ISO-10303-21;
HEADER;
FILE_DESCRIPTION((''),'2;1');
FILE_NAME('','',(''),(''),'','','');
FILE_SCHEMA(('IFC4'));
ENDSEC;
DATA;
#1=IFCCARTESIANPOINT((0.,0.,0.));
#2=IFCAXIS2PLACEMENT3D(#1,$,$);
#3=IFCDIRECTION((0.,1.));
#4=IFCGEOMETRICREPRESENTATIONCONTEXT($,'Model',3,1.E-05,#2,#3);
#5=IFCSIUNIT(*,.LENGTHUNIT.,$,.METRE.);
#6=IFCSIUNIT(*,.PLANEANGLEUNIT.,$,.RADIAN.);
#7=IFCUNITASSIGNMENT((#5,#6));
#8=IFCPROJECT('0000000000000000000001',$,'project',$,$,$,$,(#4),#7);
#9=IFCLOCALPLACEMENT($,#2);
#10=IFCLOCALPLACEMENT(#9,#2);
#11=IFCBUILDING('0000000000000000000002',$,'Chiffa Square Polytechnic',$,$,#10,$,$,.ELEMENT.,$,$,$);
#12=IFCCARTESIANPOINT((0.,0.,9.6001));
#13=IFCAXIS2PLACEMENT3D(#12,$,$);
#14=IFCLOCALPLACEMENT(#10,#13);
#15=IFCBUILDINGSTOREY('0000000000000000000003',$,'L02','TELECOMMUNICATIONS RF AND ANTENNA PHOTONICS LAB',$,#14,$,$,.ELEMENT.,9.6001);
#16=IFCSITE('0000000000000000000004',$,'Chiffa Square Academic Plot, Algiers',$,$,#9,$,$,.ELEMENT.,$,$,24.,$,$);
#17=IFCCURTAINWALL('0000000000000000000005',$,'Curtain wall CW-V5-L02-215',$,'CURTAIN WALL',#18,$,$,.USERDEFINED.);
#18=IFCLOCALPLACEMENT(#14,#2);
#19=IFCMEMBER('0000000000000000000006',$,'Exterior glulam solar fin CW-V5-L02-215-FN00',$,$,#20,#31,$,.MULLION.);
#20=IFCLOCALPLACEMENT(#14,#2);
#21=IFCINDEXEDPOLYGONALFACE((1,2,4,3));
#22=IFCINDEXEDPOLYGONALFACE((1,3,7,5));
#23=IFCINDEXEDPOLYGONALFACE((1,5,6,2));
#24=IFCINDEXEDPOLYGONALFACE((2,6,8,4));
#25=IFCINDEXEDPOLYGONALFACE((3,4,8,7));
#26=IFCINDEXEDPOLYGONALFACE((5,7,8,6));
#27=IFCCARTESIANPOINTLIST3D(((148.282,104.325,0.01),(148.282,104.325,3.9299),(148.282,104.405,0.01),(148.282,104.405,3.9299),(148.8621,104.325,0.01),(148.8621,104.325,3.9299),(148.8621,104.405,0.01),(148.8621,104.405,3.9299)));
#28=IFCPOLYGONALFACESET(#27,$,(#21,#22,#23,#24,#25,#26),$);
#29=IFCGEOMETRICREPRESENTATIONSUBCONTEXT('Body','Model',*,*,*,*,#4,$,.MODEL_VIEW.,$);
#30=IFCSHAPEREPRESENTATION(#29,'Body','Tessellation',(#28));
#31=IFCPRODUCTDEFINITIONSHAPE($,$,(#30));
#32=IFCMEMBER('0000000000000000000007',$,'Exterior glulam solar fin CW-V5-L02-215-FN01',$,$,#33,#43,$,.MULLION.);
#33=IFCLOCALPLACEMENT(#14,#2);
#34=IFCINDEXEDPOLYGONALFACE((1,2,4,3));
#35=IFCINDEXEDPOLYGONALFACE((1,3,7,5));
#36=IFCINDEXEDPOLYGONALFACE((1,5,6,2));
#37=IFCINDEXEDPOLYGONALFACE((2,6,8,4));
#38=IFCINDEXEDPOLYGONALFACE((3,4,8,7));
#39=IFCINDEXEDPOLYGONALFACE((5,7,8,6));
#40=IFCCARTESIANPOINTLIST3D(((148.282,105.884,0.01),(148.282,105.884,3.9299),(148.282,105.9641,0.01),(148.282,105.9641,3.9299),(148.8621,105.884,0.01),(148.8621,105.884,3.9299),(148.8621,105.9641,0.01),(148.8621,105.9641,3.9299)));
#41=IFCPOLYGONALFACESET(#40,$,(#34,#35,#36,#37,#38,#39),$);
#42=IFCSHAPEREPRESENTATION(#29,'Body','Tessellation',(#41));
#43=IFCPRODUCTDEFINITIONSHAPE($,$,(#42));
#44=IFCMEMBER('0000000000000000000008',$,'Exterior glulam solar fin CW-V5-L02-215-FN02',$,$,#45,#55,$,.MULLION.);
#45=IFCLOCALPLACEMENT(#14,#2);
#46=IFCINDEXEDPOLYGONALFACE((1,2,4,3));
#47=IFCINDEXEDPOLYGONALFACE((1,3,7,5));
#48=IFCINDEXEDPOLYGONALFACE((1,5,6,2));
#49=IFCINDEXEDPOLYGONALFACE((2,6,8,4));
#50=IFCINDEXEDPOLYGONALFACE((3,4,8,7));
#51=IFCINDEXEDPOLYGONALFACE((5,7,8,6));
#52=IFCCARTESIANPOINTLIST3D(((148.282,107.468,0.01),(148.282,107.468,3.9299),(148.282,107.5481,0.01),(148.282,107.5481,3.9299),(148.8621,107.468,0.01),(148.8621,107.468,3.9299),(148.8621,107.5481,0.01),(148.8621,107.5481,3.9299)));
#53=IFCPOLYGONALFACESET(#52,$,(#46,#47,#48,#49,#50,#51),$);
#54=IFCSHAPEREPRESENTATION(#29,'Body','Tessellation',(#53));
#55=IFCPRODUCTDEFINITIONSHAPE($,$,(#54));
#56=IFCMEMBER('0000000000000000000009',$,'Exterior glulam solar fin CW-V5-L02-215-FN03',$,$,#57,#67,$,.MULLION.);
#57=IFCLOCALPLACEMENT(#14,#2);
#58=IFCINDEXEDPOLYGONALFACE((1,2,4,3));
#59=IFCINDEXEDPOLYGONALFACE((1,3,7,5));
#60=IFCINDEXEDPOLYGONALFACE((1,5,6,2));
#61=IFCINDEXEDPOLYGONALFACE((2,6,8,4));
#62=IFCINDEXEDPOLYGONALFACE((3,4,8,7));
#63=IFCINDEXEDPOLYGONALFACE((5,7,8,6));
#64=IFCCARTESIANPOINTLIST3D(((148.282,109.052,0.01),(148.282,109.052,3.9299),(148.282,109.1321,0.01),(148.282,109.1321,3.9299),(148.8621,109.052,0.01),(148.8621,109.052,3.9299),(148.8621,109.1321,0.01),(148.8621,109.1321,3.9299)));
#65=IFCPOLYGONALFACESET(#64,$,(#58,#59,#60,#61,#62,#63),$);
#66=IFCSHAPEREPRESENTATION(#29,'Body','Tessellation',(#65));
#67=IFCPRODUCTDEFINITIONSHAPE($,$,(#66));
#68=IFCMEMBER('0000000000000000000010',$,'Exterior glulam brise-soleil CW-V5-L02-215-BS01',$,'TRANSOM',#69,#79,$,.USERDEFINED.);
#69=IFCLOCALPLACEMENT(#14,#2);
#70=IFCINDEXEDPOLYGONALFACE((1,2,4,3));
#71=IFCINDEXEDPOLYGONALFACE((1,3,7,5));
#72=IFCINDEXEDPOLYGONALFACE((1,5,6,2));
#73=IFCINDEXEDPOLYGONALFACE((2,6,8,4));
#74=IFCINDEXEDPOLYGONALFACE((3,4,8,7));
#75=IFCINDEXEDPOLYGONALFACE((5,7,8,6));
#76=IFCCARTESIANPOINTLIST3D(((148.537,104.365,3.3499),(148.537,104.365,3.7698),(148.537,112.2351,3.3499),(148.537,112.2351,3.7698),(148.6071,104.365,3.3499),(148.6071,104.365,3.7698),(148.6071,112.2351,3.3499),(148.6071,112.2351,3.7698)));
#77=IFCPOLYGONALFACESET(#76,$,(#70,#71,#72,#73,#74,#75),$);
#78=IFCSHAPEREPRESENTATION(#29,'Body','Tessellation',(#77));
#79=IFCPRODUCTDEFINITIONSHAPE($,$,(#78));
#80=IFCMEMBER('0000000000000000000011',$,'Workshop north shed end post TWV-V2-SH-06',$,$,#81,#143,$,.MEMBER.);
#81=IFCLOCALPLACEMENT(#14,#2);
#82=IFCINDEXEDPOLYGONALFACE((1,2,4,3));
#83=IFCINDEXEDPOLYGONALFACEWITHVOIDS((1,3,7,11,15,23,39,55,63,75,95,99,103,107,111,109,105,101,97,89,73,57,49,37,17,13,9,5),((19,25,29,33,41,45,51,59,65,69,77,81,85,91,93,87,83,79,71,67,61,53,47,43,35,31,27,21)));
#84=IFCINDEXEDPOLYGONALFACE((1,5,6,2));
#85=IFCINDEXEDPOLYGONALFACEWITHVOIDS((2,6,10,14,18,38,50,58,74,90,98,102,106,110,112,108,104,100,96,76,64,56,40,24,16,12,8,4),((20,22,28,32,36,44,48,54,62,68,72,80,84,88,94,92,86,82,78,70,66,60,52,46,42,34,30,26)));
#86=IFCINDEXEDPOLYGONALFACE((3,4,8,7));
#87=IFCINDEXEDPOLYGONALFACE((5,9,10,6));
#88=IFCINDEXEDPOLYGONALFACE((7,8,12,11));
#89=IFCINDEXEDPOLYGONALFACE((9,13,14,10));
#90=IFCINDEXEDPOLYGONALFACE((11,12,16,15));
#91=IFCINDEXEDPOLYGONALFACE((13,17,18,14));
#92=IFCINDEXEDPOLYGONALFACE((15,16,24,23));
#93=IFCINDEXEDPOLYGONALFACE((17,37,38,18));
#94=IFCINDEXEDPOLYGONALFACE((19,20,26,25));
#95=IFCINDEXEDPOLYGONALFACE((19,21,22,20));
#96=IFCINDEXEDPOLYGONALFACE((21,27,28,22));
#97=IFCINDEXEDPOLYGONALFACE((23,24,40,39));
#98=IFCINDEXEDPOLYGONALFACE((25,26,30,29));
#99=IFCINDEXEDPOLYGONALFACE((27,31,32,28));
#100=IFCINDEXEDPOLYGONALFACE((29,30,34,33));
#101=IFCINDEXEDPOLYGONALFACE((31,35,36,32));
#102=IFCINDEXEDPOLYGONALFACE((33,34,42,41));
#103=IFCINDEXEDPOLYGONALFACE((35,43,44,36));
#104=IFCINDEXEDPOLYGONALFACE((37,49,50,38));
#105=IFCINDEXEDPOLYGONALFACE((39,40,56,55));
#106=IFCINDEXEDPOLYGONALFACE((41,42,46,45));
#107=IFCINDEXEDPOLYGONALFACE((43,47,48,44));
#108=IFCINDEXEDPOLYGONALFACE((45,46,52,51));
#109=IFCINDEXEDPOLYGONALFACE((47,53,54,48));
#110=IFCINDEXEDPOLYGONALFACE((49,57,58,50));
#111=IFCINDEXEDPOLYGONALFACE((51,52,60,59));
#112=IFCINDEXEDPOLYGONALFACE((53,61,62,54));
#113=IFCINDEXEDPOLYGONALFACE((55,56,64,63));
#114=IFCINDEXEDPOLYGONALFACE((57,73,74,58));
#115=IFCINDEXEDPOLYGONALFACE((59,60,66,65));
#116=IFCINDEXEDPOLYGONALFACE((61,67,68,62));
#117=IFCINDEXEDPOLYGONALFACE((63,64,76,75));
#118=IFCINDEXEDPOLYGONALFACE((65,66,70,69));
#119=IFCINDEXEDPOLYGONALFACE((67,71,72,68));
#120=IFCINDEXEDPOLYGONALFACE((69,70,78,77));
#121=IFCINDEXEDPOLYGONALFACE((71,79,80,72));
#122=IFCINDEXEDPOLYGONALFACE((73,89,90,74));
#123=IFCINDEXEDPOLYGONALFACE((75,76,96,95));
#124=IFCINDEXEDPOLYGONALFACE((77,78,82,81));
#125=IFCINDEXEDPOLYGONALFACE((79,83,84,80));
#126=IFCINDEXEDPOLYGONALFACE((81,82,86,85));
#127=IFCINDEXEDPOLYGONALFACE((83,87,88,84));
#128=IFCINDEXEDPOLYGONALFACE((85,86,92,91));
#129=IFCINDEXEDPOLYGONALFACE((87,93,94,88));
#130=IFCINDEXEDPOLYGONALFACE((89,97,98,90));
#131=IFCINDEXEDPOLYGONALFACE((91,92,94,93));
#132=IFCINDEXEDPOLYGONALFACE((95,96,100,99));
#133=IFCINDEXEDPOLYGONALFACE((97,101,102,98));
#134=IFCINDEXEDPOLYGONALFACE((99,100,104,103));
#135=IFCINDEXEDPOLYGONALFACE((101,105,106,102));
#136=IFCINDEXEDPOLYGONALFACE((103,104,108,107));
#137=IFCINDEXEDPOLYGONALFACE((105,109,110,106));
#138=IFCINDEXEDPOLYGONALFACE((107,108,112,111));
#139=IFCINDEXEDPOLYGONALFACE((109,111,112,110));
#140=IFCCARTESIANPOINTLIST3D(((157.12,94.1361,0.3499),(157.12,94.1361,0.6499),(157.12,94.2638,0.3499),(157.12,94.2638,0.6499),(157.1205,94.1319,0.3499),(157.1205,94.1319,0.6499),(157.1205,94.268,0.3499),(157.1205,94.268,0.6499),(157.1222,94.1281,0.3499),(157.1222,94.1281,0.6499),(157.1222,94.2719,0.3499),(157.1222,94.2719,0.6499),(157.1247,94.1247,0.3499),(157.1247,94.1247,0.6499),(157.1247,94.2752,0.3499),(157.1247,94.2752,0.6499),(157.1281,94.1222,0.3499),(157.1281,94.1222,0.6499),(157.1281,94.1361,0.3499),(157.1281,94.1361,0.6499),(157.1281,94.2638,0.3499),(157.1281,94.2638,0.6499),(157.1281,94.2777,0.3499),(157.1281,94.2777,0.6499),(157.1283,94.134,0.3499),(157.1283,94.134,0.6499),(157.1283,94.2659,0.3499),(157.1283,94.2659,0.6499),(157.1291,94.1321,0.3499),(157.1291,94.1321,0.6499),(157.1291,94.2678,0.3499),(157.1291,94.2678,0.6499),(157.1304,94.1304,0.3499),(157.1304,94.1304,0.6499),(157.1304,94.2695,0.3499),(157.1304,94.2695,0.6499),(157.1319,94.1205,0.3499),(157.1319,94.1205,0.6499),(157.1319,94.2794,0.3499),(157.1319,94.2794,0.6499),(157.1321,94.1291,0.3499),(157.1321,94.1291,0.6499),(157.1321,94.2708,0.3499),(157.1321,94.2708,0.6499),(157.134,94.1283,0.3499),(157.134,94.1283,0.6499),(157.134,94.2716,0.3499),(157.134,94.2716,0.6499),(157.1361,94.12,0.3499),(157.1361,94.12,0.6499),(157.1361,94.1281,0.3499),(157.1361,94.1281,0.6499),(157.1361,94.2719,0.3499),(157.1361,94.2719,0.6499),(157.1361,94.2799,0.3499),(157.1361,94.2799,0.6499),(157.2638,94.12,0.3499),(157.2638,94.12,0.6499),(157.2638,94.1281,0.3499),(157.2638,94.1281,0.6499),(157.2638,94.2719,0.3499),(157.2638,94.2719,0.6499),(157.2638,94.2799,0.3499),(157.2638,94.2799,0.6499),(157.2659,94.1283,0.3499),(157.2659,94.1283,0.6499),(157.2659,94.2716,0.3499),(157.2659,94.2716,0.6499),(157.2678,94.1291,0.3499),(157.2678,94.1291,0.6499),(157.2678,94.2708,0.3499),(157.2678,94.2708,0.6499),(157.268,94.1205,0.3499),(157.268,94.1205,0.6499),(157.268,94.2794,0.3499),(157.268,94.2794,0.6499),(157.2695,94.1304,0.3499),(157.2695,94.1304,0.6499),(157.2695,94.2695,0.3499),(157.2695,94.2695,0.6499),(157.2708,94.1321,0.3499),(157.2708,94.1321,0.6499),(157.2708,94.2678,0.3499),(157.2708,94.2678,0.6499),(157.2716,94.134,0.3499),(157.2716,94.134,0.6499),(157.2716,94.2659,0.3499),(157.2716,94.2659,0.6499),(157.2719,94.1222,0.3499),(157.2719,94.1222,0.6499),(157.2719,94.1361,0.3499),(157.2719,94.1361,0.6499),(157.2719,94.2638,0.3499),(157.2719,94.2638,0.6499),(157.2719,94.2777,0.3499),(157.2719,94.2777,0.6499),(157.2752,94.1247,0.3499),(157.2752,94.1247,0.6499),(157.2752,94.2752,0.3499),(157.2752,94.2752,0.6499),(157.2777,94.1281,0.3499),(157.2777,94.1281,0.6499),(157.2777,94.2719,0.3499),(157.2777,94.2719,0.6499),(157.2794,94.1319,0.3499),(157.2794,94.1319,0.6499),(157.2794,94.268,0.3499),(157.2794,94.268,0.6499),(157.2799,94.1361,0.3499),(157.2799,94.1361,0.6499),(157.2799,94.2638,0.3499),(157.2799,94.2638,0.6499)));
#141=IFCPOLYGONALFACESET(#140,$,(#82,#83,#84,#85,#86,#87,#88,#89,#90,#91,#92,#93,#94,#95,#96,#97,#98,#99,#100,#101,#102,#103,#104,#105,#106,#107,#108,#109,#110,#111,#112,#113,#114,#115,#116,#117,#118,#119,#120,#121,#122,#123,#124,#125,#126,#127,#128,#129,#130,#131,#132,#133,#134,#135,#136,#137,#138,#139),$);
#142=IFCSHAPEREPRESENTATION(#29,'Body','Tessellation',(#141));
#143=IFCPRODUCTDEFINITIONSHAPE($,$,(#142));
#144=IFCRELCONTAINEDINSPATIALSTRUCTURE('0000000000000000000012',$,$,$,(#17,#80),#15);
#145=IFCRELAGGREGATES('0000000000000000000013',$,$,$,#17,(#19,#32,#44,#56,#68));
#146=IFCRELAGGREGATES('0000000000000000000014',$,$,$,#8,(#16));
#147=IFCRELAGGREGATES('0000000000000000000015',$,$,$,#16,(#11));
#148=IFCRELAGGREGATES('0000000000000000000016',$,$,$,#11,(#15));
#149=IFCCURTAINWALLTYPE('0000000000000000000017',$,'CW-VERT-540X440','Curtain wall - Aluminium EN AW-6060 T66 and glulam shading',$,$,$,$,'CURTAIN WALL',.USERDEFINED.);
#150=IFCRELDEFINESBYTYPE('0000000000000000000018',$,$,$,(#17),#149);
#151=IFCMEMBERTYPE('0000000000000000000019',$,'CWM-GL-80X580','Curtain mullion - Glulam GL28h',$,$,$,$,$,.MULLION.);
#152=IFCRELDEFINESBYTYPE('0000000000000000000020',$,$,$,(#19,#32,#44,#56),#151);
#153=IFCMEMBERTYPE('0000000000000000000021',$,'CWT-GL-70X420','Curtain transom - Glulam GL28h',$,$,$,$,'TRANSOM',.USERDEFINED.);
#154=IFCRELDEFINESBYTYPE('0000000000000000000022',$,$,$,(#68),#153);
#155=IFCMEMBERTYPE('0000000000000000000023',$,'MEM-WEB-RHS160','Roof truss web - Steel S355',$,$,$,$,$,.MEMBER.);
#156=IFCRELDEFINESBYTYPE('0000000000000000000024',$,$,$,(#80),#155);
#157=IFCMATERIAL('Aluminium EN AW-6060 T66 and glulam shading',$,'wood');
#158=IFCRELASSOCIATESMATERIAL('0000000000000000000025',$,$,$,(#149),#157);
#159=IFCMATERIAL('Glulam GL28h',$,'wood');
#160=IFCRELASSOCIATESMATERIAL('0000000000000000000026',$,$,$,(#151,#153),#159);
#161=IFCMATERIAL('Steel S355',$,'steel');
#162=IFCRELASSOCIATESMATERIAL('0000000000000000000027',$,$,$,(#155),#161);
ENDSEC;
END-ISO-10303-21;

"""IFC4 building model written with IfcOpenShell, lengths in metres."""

from ifc_helpers import new_model, si_unit, direction, frame, origin, origin_2d, place, context, subcontext, project, spatial, rectangle, hollow_rectangle, extrude, material, material_profile, profile_set, type_object, element, aggregate, save


model = new_model("IFC4")

# Units and contexts
model_context = context("Model", 3, precision=1e-05, world=origin(), true_north=direction((0.0, 1.0)))
body_context = subcontext(model_context, "Body", "Model", "MODEL_VIEW")
ifc_project = project(units=[si_unit("LENGTHUNIT", "METRE"), si_unit("PLANEANGLEUNIT", "RADIAN")], contexts=[model_context])

# Site, building, storey
site_placement = place(None, origin())
site = spatial("IfcSite", under=ifc_project, at=site_placement, Name="Chiffa Square Academic Plot, Algiers", CompositionType="ELEMENT", RefElevation=24.0)
building_placement = place(site_placement, origin())
building = spatial("IfcBuilding", under=site, at=building_placement, Name="Chiffa Square Polytechnic", CompositionType="ELEMENT")
storey_placement = place(building_placement, frame((0.0, 0.0, 9.6001)))
storey = spatial("IfcBuildingStorey", under=building, at=storey_placement, Name="L02", Description="TELECOMMUNICATIONS RF AND ANTENNA PHOTONICS LAB", CompositionType="ELEMENT", Elevation=9.6001)

# Shared definitions
ifc_material_1 = material(Name="Steel S355", Category="steel")

# Curtain wall, members
ifc_material_2 = material(Name="Aluminium EN AW-6060 T66 and glulam shading", Category="wood")
curtain_wall_type = type_object("IfcCurtainWallType", Name="CW-VERT-540X440", Description="Curtain wall - Aluminium EN AW-6060 T66 and glulam shading", ElementType="CURTAIN WALL", PredefinedType="USERDEFINED", material=ifc_material_2)
curtain_wall_placement = place(storey_placement, origin())
curtain_wall = element("IfcCurtainWall", 1, at=curtain_wall_placement, inside=storey, type_object=curtain_wall_type, Name="Curtain wall CW-V5-L02-215", ObjectType="CURTAIN WALL", PredefinedType="USERDEFINED")
ifc_material_3 = material(Name="Glulam GL28h", Category="wood")
ifc_material_profile_1 = material_profile(ifc_material_3, rectangle(XDim=0.0801, YDim=0.5801, at=origin_2d()), Name="GL28h 80x580")
ifc_profile_set_1 = profile_set([ifc_material_profile_1], Name="Glulam GL28h")
member_type_1 = type_object("IfcMemberType", Name="CWM-GL-80X580", Description="Curtain mullion - Glulam GL28h", PredefinedType="MULLION", material=ifc_profile_set_1)
member_1_placement = place(storey_placement, frame((148.572, 104.365, 0.01), z_axis=(0.0, 0.0, 1.0), x_axis=(0.0, 1.0, 0.0)))
member_1 = element("IfcMember", 2, at=member_1_placement, type_object=member_type_1, Name="Exterior glulam solar fin CW-V5-L02-215-FN00", PredefinedType="MULLION", context=body_context, shape_type="SweptSolid", body=[
    extrude(rectangle(XDim=0.0801, YDim=0.5801, at=origin_2d()), origin(), (0.0, 0.0, 1.0), 3.9199),
])
member_2_placement = place(storey_placement, frame((148.572, 105.9241, 0.01), z_axis=(0.0, 0.0, 1.0), x_axis=(0.0, 1.0, 0.0)))
member_2 = element("IfcMember", 3, at=member_2_placement, type_object=member_type_1, Name="Exterior glulam solar fin CW-V5-L02-215-FN01", PredefinedType="MULLION", context=body_context, shape_type="SweptSolid", body=[
    extrude(rectangle(XDim=0.0801, YDim=0.5801, at=origin_2d()), origin(), (0.0, 0.0, 1.0), 3.9199),
])
member_3_placement = place(storey_placement, frame((148.572, 107.5081, 0.01), z_axis=(0.0, 0.0, 1.0), x_axis=(0.0, 1.0, 0.0)))
member_3 = element("IfcMember", 4, at=member_3_placement, type_object=member_type_1, Name="Exterior glulam solar fin CW-V5-L02-215-FN02", PredefinedType="MULLION", context=body_context, shape_type="SweptSolid", body=[
    extrude(rectangle(XDim=0.0801, YDim=0.5801, at=origin_2d()), origin(), (0.0, 0.0, 1.0), 3.9199),
])
member_4_placement = place(storey_placement, frame((148.572, 109.092, 0.01), z_axis=(0.0, 0.0, 1.0), x_axis=(0.0, 1.0, 0.0)))
member_4 = element("IfcMember", 5, at=member_4_placement, type_object=member_type_1, Name="Exterior glulam solar fin CW-V5-L02-215-FN03", PredefinedType="MULLION", context=body_context, shape_type="SweptSolid", body=[
    extrude(rectangle(XDim=0.0801, YDim=0.5801, at=origin_2d()), origin(), (0.0, 0.0, 1.0), 3.9199),
])
ifc_material_profile_2 = material_profile(ifc_material_3, rectangle(XDim=0.0701, YDim=0.4199, at=origin_2d()), Name="GL28h 70x420")
ifc_profile_set_2 = profile_set([ifc_material_profile_2], Name="Glulam GL28h")
member_type_2 = type_object("IfcMemberType", Name="CWT-GL-70X420", Description="Curtain transom - Glulam GL28h", ElementType="TRANSOM", PredefinedType="USERDEFINED", material=ifc_profile_set_2)
member_5_placement = place(storey_placement, frame((148.572, 104.365, 3.5598), z_axis=(0.0, 1.0, 0.0), x_axis=(-1.0, 0.0, 0.0)))
member_5 = element("IfcMember", 6, at=member_5_placement, type_object=member_type_2, Name="Exterior glulam brise-soleil CW-V5-L02-215-BS01", ObjectType="TRANSOM", PredefinedType="USERDEFINED", context=body_context, shape_type="SweptSolid", body=[
    extrude(rectangle(XDim=0.0701, YDim=0.4199, at=origin_2d()), origin(), (0.0, 0.0, 1.0), 7.8701),
])

# Member
ifc_material_profile_3 = material_profile(ifc_material_1, hollow_rectangle(XDim=0.1599, YDim=0.1599, WallThickness=0.0081, InnerFilletRadius=0.0081, OuterFilletRadius=0.0161, at=origin_2d()), Name="RHS 160x160x8")
ifc_profile_set_3 = profile_set([ifc_material_profile_3], Name="Steel S355")
member_type_3 = type_object("IfcMemberType", Name="MEM-WEB-RHS160", Description="Roof truss web - Steel S355", PredefinedType="MEMBER", material=ifc_profile_set_3)
for number, where, z_axis, x_axis, name in (
    (7, (157.2, 94.2, 0.3499), (0.0, 0.0, 1.0), (1.0, 0.0, 0.0), "Workshop north shed end post TWV-V2-SH-06"),
):
    element("IfcMember", number, at=place(storey_placement, frame(where, z_axis=z_axis, x_axis=x_axis)), inside=storey, type_object=member_type_3, Name=name, PredefinedType="MEMBER", context=body_context, shape_type="SweptSolid", body=[
        extrude(hollow_rectangle(XDim=0.1599, YDim=0.1599, WallThickness=0.0081, InnerFilletRadius=0.0081, OuterFilletRadius=0.0161, at=origin_2d()), origin(), (0.0, 0.0, 1.0), 0.3),
    ])

aggregate(curtain_wall, [member_1, member_2, member_3, member_4, member_5])

save(model, "model.ifc")
